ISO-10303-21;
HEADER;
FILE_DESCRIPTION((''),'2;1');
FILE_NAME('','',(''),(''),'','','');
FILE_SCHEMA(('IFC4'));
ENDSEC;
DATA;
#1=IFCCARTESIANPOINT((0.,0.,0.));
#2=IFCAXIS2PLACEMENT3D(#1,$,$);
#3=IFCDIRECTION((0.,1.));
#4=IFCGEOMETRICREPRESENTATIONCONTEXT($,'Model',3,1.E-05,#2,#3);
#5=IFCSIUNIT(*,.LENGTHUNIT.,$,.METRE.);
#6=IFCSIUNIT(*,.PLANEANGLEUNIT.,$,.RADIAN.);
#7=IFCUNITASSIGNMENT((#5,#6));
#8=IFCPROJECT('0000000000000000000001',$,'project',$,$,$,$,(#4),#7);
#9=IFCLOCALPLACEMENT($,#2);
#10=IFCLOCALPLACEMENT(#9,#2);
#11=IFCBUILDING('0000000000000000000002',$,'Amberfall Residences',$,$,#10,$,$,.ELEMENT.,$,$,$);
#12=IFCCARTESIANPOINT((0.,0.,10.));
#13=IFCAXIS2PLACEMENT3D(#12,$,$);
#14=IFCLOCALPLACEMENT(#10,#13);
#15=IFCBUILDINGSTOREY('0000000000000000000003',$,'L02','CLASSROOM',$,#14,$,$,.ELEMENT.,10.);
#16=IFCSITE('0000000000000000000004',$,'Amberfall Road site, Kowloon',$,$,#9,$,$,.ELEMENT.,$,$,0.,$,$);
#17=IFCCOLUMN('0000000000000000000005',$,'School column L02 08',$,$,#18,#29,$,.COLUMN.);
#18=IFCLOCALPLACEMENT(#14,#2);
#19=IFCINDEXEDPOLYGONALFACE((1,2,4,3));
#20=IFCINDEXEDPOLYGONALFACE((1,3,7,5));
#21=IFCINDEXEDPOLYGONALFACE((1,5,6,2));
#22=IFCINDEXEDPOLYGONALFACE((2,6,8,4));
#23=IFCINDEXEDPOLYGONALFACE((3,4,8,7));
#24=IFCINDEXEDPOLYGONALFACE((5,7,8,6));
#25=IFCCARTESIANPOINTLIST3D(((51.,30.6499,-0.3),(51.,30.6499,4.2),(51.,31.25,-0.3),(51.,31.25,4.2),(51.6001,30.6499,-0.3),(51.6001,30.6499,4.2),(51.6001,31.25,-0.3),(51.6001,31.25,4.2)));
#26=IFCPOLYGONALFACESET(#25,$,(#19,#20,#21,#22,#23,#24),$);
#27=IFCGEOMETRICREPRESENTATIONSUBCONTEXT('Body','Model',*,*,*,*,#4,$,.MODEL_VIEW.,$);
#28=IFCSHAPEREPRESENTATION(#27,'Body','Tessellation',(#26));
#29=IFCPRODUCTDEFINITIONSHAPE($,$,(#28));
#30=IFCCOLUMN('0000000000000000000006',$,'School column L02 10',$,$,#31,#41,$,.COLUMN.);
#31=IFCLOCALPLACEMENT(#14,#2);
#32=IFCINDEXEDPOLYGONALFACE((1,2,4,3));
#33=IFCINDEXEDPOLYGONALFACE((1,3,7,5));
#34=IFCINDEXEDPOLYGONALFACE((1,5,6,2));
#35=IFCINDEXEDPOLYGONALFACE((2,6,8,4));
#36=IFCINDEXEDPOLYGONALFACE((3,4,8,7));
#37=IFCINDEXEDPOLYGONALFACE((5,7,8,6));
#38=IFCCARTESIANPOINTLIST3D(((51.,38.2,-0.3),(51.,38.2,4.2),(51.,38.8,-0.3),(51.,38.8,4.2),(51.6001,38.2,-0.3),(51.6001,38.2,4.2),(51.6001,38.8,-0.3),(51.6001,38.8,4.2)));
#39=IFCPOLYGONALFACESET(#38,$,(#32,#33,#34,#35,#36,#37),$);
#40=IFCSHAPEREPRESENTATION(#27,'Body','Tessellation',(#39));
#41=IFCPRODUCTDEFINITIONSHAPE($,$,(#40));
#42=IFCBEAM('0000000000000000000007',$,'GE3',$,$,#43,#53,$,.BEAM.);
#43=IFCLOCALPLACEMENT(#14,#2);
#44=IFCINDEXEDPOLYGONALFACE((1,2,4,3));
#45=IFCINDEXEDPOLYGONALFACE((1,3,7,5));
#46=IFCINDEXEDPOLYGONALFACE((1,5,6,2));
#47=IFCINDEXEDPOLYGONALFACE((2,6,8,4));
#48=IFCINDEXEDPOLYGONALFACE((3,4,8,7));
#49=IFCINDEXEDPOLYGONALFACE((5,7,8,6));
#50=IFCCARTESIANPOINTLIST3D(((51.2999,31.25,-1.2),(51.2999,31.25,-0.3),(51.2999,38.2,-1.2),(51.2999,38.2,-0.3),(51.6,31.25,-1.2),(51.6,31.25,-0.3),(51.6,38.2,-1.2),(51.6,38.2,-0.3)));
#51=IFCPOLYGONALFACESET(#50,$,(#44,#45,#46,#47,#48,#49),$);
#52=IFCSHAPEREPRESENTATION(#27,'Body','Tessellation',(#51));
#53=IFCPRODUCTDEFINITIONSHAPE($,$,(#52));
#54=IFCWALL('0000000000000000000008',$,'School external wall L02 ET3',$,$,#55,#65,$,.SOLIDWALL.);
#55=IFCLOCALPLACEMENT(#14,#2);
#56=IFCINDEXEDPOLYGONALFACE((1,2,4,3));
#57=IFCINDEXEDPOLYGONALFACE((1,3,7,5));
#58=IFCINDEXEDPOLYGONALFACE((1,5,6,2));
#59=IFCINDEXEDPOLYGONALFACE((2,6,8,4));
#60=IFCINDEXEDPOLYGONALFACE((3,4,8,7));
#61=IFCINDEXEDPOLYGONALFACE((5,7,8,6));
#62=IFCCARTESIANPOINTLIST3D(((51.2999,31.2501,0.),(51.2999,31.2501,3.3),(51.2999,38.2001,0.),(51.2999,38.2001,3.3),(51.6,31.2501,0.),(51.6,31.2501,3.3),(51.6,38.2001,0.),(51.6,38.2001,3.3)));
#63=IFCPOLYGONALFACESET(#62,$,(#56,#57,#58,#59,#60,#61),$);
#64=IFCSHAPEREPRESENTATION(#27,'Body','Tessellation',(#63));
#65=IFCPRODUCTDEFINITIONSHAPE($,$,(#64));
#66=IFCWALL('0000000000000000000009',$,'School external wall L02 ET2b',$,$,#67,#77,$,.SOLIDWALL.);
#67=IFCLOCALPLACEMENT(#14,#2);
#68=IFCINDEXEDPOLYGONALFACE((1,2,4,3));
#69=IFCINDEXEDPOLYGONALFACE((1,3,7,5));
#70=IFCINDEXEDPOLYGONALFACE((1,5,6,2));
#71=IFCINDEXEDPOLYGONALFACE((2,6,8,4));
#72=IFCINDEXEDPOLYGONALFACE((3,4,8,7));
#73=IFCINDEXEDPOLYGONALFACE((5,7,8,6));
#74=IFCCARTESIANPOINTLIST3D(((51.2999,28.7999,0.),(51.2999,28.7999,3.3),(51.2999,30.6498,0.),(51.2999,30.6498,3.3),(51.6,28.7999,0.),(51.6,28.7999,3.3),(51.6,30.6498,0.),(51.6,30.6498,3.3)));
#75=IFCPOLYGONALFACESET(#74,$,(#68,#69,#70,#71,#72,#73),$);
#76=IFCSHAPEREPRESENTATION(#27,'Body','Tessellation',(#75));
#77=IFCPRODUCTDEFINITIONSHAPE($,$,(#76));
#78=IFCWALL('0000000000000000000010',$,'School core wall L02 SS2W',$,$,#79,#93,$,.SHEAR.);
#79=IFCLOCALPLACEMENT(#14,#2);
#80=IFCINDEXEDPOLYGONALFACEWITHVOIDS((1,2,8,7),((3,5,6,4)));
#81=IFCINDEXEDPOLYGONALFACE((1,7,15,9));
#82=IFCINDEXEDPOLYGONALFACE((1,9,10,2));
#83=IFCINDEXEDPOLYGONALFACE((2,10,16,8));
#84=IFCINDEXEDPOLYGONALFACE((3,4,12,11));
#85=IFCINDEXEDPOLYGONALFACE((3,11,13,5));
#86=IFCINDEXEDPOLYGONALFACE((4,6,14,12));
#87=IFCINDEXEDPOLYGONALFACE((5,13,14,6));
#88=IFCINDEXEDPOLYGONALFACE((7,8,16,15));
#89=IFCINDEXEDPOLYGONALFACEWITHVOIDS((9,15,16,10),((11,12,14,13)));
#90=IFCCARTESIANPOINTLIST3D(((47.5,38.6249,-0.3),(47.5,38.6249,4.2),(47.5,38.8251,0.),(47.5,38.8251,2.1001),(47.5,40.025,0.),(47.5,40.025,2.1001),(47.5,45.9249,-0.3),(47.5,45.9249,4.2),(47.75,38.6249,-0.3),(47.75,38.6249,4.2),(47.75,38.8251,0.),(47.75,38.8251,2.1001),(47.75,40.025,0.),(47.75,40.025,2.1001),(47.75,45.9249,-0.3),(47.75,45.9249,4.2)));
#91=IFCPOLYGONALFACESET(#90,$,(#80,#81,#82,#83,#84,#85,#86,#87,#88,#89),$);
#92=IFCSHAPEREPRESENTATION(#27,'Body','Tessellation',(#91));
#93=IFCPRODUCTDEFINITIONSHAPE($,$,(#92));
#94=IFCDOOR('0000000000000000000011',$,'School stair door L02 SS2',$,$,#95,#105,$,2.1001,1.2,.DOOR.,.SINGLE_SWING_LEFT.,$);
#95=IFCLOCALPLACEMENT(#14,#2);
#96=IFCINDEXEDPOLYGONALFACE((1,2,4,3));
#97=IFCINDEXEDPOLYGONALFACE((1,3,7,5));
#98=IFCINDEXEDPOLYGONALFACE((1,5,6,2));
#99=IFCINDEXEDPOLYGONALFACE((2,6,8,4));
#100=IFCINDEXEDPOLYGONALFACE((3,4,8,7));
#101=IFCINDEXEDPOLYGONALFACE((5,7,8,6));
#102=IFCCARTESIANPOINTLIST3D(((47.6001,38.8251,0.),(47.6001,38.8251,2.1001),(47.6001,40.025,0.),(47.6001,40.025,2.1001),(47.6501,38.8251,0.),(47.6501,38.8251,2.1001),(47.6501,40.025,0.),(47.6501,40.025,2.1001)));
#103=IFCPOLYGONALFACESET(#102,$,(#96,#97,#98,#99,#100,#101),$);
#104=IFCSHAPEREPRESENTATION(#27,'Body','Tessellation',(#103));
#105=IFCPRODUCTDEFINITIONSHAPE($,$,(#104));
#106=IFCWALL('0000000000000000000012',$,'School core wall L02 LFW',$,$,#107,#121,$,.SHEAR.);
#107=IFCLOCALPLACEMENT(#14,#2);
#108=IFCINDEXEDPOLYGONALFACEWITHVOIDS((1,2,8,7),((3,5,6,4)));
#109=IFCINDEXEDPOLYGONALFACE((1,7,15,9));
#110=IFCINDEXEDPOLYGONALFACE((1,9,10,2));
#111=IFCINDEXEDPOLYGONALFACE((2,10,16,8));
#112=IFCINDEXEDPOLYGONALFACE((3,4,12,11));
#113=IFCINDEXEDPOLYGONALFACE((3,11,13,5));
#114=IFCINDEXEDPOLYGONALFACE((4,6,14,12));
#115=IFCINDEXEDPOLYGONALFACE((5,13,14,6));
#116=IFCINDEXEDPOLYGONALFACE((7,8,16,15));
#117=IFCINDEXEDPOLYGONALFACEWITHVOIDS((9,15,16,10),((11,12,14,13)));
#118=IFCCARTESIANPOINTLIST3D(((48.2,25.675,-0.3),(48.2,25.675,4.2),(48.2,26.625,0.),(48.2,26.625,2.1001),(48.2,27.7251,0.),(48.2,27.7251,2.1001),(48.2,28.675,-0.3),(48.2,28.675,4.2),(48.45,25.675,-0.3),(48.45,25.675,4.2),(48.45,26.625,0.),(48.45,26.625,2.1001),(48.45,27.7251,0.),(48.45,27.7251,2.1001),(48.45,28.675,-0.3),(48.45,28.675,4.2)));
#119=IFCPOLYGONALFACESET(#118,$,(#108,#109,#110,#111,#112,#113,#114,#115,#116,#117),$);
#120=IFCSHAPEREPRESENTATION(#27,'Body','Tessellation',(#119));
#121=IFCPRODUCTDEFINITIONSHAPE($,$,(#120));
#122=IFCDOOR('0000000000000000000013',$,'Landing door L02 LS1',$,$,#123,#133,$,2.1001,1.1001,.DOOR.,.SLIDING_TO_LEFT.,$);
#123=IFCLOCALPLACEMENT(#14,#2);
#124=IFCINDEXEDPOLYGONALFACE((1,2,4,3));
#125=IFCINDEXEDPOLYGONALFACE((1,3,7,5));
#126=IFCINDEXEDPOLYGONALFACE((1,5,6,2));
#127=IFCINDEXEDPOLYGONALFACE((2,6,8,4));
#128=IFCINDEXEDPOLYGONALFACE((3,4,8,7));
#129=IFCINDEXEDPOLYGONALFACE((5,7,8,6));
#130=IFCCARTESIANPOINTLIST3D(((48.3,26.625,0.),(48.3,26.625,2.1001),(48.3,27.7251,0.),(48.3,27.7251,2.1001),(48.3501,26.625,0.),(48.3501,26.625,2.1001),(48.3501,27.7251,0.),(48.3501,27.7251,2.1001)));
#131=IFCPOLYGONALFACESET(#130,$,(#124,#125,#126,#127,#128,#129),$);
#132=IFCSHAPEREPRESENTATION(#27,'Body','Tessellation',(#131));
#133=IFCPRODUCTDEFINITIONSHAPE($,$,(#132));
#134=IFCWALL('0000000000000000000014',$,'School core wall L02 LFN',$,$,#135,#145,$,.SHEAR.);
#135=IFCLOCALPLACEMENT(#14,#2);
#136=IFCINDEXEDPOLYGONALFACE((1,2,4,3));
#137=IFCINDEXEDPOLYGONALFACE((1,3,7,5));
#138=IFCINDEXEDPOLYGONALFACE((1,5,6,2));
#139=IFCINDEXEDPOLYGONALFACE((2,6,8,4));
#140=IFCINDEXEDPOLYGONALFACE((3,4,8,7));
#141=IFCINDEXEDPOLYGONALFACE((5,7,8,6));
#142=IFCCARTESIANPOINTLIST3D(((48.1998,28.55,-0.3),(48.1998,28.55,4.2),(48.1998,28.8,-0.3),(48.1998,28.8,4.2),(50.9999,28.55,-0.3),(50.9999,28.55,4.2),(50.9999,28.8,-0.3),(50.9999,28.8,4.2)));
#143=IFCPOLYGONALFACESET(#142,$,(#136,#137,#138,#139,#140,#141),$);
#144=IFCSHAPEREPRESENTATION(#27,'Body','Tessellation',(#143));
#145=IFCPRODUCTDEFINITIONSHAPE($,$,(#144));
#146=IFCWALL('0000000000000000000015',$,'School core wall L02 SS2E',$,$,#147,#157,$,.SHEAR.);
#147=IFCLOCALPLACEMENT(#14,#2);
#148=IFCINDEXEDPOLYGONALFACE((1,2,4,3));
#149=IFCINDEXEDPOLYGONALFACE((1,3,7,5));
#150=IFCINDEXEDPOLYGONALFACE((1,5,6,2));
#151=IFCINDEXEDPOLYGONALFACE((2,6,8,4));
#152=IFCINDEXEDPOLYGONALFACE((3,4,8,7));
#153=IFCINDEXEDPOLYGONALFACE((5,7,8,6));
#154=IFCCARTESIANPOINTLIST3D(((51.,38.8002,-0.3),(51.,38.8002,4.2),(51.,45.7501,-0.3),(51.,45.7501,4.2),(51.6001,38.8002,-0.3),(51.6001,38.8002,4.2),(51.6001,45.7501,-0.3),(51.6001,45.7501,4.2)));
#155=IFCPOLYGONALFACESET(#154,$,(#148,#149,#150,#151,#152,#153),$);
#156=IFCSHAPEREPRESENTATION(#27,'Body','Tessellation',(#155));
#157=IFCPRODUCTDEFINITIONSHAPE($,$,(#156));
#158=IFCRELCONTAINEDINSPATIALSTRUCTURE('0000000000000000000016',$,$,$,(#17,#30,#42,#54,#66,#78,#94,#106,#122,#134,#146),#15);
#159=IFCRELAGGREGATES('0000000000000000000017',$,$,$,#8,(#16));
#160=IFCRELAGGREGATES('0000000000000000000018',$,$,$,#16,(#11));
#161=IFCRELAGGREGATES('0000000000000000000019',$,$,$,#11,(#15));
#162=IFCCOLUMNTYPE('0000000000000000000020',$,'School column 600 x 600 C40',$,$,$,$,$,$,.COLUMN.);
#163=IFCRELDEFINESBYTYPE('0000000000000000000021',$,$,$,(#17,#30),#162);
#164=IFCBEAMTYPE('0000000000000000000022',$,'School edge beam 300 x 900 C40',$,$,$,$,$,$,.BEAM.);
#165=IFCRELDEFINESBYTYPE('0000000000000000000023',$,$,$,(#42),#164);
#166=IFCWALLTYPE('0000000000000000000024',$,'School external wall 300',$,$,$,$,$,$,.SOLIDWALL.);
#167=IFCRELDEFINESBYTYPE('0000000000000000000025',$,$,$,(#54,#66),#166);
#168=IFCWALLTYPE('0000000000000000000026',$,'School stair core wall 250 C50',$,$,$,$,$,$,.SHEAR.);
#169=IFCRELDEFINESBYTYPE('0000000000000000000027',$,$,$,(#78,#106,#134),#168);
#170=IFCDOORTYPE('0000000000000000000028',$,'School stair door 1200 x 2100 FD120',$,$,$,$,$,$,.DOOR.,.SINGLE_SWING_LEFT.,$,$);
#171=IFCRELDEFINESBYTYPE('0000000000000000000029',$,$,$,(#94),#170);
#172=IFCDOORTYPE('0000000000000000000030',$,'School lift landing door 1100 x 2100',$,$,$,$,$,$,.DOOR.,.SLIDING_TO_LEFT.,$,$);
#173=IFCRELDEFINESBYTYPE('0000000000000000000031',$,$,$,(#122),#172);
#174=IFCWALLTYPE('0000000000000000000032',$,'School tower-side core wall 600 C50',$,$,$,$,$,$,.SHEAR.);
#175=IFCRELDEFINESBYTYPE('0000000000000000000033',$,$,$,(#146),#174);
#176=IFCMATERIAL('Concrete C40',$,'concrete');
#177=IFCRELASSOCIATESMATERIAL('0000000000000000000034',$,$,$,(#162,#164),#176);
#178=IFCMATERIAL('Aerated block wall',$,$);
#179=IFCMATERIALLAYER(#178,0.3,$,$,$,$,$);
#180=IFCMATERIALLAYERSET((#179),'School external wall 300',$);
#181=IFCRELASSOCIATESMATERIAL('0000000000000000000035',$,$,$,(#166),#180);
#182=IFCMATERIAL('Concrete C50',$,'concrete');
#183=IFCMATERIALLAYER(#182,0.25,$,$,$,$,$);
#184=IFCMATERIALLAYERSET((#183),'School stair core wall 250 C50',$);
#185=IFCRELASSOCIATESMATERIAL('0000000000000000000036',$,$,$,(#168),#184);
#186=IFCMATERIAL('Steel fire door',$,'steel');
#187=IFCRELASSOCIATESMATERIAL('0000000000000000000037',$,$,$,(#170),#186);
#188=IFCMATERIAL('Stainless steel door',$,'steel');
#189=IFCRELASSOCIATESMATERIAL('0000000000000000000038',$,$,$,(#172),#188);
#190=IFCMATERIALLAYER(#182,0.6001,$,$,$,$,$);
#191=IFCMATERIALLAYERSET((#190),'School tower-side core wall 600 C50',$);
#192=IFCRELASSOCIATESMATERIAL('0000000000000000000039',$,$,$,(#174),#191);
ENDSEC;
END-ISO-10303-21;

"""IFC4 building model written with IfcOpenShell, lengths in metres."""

from ifc_helpers import new_model, si_unit, direction, frame, frame_2d, origin, origin_2d, place, context, subcontext, project, spatial, rectangle, extrude, material, layer, layer_set, material_profile, profile_set, type_object, element, fill, save


model = new_model("IFC4")

# Units and contexts
model_context = context("Model", 3, precision=1e-05, world=origin(), true_north=direction((0.0, 1.0)))
body_context = subcontext(model_context, "Body", "Model", "MODEL_VIEW")
ifc_project = project(units=[si_unit("LENGTHUNIT", "METRE"), si_unit("PLANEANGLEUNIT", "RADIAN")], contexts=[model_context])

# Site, building, storey
site_placement = place(None, origin())
site = spatial("IfcSite", under=ifc_project, at=site_placement, Name="Amberfall Road site, Kowloon", CompositionType="ELEMENT", RefElevation=0.0)
building_placement = place(site_placement, origin())
building = spatial("IfcBuilding", under=site, at=building_placement, Name="Amberfall Residences", CompositionType="ELEMENT")
storey_placement = place(building_placement, frame((0.0, 0.0, 10.0)))
storey = spatial("IfcBuildingStorey", under=building, at=storey_placement, Name="L02", Description="CLASSROOM", CompositionType="ELEMENT", Elevation=10.0)

# Columns
ifc_material_1 = material(Name="Concrete C40", Category="concrete")
ifc_material_profile_1 = material_profile(ifc_material_1, rectangle(XDim=0.6001, YDim=0.6001, at=origin_2d()), Name="School column 600 x 600 C40")
ifc_profile_set_1 = profile_set([ifc_material_profile_1], Name="Concrete C40")
column_type = type_object("IfcColumnType", Name="School column 600 x 600 C40", PredefinedType="COLUMN", material=ifc_profile_set_1)
for number, where, z_axis, x_axis, name in (
    (1, (51.3, 30.95, -0.3), (0.0, 0.0, 1.0), (1.0, 0.0, 0.0), "School column L02 08"),
    (2, (51.3, 38.5, -0.3), (0.0, 0.0, 1.0), (1.0, 0.0, 0.0), "School column L02 10"),
):
    element("IfcColumn", number, at=place(storey_placement, frame(where, z_axis=z_axis, x_axis=x_axis)), inside=storey, type_object=column_type, Name=name, PredefinedType="COLUMN", context=body_context, shape_type="SweptSolid", body=[
        extrude(rectangle(XDim=0.6001, YDim=0.6001, at=origin_2d()), origin(), (0.0, 0.0, 1.0), 4.5),
    ])

# Beam
ifc_material_profile_2 = material_profile(ifc_material_1, rectangle(XDim=0.3, YDim=0.8999, at=origin_2d()), Name="School edge beam 300 x 900 C40")
ifc_profile_set_2 = profile_set([ifc_material_profile_2], Name="Concrete C40")
beam_type = type_object("IfcBeamType", Name="School edge beam 300 x 900 C40", PredefinedType="BEAM", material=ifc_profile_set_2)
beam_placement = place(storey_placement, frame((51.45, 31.25, -0.75), z_axis=(0.0, 1.0, 0.0), x_axis=(-1.0, 0.0, 0.0)))
element("IfcBeam", 3, at=beam_placement, inside=storey, type_object=beam_type, Name="GE3", PredefinedType="BEAM", context=body_context, shape_type="SweptSolid", body=[
    extrude(rectangle(XDim=0.3, YDim=0.8999, at=origin_2d()), origin(), (0.0, 0.0, 1.0), 6.95),
])

# Walls
ifc_material_2 = material(Name="Aerated block wall")
ifc_layer_1 = layer(ifc_material_2, 0.3)
ifc_layer_set_1 = layer_set([ifc_layer_1], Name="School external wall 300")
wall_type_1 = type_object("IfcWallType", Name="School external wall 300", PredefinedType="SOLIDWALL", material=ifc_layer_set_1)
wall_1_placement = place(storey_placement, frame((51.45, 31.25, 0.0), z_axis=(0.0, 0.0, 1.0), x_axis=(0.0, 1.0, 0.0)))
element("IfcWall", 4, at=wall_1_placement, inside=storey, type_object=wall_type_1, Name="School external wall L02 ET3", PredefinedType="SOLIDWALL", context=body_context, shape_type="SweptSolid", body=[
    extrude(rectangle(XDim=6.95, YDim=0.3, at=frame_2d((3.4751, 0.0))), origin(), (0.0, 0.0, 1.0), 3.3),
])
wall_2_placement = place(storey_placement, frame((51.45, 28.8, 0.0), z_axis=(0.0, 0.0, 1.0), x_axis=(0.0, 1.0, 0.0)))
element("IfcWall", 5, at=wall_2_placement, inside=storey, type_object=wall_type_1, Name="School external wall L02 ET2b", PredefinedType="SOLIDWALL", context=body_context, shape_type="SweptSolid", body=[
    extrude(rectangle(XDim=1.8499, YDim=0.3, at=frame_2d((0.9248, 0.0))), origin(), (0.0, 0.0, 1.0), 3.3),
])

# Walls, openings, doors
ifc_material_3 = material(Name="Concrete C50", Category="concrete")
ifc_layer_2 = layer(ifc_material_3, 0.25)
ifc_layer_set_2 = layer_set([ifc_layer_2], Name="School stair core wall 250 C50")
wall_type_2 = type_object("IfcWallType", Name="School stair core wall 250 C50", PredefinedType="SHEAR", material=ifc_layer_set_2)
wall_3_placement = place(storey_placement, frame((47.625, 38.625, -0.3), z_axis=(0.0, 0.0, 1.0), x_axis=(0.0, 1.0, 0.0)))
wall_3 = element("IfcWall", 6, at=wall_3_placement, inside=storey, type_object=wall_type_2, Name="School core wall L02 SS2W", PredefinedType="SHEAR", context=body_context, shape_type="SweptSolid", body=[
    extrude(rectangle(XDim=7.3, YDim=0.25, at=frame_2d((3.6499, 0.0))), origin(), (0.0, 0.0, 1.0), 4.5),
])
opening_1_placement = place(wall_3_placement, frame((0.2, 0.0, 0.3)))
opening_1 = element("IfcOpeningElement", 7, at=opening_1_placement, cuts=wall_3, PredefinedType="OPENING", context=body_context, shape_type="SweptSolid", body=[
    extrude(rectangle(XDim=1.2, YDim=2.1001, at=frame_2d((0.6001, 1.05))), frame((0.0, 0.135, 0.0), z_axis=(0.0, -1.0, 0.0), x_axis=(1.0, 0.0, 0.0)), (0.0, 0.0, 1.0), 0.27),
])
ifc_material_4 = material(Name="Steel fire door", Category="steel")
door_type_1 = type_object("IfcDoorType", Name="School stair door 1200 x 2100 FD120", OperationType="SINGLE_SWING_LEFT", PredefinedType="DOOR", material=ifc_material_4)
door_1_placement = place(opening_1_placement, origin())
door_1 = element("IfcDoor", 8, at=door_1_placement, inside=storey, type_object=door_type_1, Name="School stair door L02 SS2", OperationType="SINGLE_SWING_LEFT", OverallHeight=2.1001, OverallWidth=1.2, PredefinedType="DOOR", context=body_context, shape_type="SweptSolid", body=[
    extrude(rectangle(XDim=1.2, YDim=2.1001, at=frame_2d((0.6001, 1.05))), frame((0.0, 0.0249, 0.0), z_axis=(0.0, -1.0, 0.0), x_axis=(1.0, 0.0, 0.0)), (0.0, 0.0, 1.0), 0.05),
])
fill(opening_1, door_1)
wall_4_placement = place(storey_placement, frame((48.325, 25.675, -0.3), z_axis=(0.0, 0.0, 1.0), x_axis=(0.0, 1.0, 0.0)))
wall_4 = element("IfcWall", 9, at=wall_4_placement, inside=storey, type_object=wall_type_2, Name="School core wall L02 LFW", PredefinedType="SHEAR", context=body_context, shape_type="SweptSolid", body=[
    extrude(rectangle(XDim=3.0, YDim=0.25, at=frame_2d((1.5, 0.0))), origin(), (0.0, 0.0, 1.0), 4.5),
])
opening_2_placement = place(wall_4_placement, frame((0.95, 0.0, 0.3)))
opening_2 = element("IfcOpeningElement", 10, at=opening_2_placement, cuts=wall_4, PredefinedType="OPENING", context=body_context, shape_type="SweptSolid", body=[
    extrude(rectangle(XDim=1.1001, YDim=2.1001, at=frame_2d((0.55, 1.05))), frame((0.0, 0.135, 0.0), z_axis=(0.0, -1.0, 0.0), x_axis=(1.0, 0.0, 0.0)), (0.0, 0.0, 1.0), 0.27),
])
ifc_material_5 = material(Name="Stainless steel door", Category="steel")
door_type_2 = type_object("IfcDoorType", Name="School lift landing door 1100 x 2100", OperationType="SLIDING_TO_LEFT", PredefinedType="DOOR", material=ifc_material_5)
door_2_placement = place(opening_2_placement, origin())
door_2 = element("IfcDoor", 11, at=door_2_placement, inside=storey, type_object=door_type_2, Name="Landing door L02 LS1", OperationType="SLIDING_TO_LEFT", OverallHeight=2.1001, OverallWidth=1.1001, PredefinedType="DOOR", context=body_context, shape_type="SweptSolid", body=[
    extrude(rectangle(XDim=1.1001, YDim=2.1001, at=frame_2d((0.55, 1.05))), frame((0.0, 0.0249, 0.0), z_axis=(0.0, -1.0, 0.0), x_axis=(1.0, 0.0, 0.0)), (0.0, 0.0, 1.0), 0.05),
])
fill(opening_2, door_2)

# Walls
wall_5_placement = place(storey_placement, frame((48.2, 28.675, -0.3), z_axis=(0.0, 0.0, 1.0), x_axis=(1.0, 0.0, 0.0)))
element("IfcWall", 12, at=wall_5_placement, inside=storey, type_object=wall_type_2, Name="School core wall L02 LFN", PredefinedType="SHEAR", context=body_context, shape_type="SweptSolid", body=[
    extrude(rectangle(XDim=2.8, YDim=0.25, at=frame_2d((1.3999, 0.0))), origin(), (0.0, 0.0, 1.0), 4.5),
])
ifc_layer_3 = layer(ifc_material_3, 0.6001)
ifc_layer_set_3 = layer_set([ifc_layer_3], Name="School tower-side core wall 600 C50")
wall_type_3 = type_object("IfcWallType", Name="School tower-side core wall 600 C50", PredefinedType="SHEAR", material=ifc_layer_set_3)
wall_6_placement = place(storey_placement, frame((51.3, 38.8, -0.3), z_axis=(0.0, 0.0, 1.0), x_axis=(0.0, 1.0, 0.0)))
element("IfcWall", 13, at=wall_6_placement, inside=storey, type_object=wall_type_3, Name="School core wall L02 SS2E", PredefinedType="SHEAR", context=body_context, shape_type="SweptSolid", body=[
    extrude(rectangle(XDim=6.95, YDim=0.6001, at=frame_2d((3.4751, 0.0))), origin(), (0.0, 0.0, 1.0), 4.5),
])

save(model, "model.ifc")
